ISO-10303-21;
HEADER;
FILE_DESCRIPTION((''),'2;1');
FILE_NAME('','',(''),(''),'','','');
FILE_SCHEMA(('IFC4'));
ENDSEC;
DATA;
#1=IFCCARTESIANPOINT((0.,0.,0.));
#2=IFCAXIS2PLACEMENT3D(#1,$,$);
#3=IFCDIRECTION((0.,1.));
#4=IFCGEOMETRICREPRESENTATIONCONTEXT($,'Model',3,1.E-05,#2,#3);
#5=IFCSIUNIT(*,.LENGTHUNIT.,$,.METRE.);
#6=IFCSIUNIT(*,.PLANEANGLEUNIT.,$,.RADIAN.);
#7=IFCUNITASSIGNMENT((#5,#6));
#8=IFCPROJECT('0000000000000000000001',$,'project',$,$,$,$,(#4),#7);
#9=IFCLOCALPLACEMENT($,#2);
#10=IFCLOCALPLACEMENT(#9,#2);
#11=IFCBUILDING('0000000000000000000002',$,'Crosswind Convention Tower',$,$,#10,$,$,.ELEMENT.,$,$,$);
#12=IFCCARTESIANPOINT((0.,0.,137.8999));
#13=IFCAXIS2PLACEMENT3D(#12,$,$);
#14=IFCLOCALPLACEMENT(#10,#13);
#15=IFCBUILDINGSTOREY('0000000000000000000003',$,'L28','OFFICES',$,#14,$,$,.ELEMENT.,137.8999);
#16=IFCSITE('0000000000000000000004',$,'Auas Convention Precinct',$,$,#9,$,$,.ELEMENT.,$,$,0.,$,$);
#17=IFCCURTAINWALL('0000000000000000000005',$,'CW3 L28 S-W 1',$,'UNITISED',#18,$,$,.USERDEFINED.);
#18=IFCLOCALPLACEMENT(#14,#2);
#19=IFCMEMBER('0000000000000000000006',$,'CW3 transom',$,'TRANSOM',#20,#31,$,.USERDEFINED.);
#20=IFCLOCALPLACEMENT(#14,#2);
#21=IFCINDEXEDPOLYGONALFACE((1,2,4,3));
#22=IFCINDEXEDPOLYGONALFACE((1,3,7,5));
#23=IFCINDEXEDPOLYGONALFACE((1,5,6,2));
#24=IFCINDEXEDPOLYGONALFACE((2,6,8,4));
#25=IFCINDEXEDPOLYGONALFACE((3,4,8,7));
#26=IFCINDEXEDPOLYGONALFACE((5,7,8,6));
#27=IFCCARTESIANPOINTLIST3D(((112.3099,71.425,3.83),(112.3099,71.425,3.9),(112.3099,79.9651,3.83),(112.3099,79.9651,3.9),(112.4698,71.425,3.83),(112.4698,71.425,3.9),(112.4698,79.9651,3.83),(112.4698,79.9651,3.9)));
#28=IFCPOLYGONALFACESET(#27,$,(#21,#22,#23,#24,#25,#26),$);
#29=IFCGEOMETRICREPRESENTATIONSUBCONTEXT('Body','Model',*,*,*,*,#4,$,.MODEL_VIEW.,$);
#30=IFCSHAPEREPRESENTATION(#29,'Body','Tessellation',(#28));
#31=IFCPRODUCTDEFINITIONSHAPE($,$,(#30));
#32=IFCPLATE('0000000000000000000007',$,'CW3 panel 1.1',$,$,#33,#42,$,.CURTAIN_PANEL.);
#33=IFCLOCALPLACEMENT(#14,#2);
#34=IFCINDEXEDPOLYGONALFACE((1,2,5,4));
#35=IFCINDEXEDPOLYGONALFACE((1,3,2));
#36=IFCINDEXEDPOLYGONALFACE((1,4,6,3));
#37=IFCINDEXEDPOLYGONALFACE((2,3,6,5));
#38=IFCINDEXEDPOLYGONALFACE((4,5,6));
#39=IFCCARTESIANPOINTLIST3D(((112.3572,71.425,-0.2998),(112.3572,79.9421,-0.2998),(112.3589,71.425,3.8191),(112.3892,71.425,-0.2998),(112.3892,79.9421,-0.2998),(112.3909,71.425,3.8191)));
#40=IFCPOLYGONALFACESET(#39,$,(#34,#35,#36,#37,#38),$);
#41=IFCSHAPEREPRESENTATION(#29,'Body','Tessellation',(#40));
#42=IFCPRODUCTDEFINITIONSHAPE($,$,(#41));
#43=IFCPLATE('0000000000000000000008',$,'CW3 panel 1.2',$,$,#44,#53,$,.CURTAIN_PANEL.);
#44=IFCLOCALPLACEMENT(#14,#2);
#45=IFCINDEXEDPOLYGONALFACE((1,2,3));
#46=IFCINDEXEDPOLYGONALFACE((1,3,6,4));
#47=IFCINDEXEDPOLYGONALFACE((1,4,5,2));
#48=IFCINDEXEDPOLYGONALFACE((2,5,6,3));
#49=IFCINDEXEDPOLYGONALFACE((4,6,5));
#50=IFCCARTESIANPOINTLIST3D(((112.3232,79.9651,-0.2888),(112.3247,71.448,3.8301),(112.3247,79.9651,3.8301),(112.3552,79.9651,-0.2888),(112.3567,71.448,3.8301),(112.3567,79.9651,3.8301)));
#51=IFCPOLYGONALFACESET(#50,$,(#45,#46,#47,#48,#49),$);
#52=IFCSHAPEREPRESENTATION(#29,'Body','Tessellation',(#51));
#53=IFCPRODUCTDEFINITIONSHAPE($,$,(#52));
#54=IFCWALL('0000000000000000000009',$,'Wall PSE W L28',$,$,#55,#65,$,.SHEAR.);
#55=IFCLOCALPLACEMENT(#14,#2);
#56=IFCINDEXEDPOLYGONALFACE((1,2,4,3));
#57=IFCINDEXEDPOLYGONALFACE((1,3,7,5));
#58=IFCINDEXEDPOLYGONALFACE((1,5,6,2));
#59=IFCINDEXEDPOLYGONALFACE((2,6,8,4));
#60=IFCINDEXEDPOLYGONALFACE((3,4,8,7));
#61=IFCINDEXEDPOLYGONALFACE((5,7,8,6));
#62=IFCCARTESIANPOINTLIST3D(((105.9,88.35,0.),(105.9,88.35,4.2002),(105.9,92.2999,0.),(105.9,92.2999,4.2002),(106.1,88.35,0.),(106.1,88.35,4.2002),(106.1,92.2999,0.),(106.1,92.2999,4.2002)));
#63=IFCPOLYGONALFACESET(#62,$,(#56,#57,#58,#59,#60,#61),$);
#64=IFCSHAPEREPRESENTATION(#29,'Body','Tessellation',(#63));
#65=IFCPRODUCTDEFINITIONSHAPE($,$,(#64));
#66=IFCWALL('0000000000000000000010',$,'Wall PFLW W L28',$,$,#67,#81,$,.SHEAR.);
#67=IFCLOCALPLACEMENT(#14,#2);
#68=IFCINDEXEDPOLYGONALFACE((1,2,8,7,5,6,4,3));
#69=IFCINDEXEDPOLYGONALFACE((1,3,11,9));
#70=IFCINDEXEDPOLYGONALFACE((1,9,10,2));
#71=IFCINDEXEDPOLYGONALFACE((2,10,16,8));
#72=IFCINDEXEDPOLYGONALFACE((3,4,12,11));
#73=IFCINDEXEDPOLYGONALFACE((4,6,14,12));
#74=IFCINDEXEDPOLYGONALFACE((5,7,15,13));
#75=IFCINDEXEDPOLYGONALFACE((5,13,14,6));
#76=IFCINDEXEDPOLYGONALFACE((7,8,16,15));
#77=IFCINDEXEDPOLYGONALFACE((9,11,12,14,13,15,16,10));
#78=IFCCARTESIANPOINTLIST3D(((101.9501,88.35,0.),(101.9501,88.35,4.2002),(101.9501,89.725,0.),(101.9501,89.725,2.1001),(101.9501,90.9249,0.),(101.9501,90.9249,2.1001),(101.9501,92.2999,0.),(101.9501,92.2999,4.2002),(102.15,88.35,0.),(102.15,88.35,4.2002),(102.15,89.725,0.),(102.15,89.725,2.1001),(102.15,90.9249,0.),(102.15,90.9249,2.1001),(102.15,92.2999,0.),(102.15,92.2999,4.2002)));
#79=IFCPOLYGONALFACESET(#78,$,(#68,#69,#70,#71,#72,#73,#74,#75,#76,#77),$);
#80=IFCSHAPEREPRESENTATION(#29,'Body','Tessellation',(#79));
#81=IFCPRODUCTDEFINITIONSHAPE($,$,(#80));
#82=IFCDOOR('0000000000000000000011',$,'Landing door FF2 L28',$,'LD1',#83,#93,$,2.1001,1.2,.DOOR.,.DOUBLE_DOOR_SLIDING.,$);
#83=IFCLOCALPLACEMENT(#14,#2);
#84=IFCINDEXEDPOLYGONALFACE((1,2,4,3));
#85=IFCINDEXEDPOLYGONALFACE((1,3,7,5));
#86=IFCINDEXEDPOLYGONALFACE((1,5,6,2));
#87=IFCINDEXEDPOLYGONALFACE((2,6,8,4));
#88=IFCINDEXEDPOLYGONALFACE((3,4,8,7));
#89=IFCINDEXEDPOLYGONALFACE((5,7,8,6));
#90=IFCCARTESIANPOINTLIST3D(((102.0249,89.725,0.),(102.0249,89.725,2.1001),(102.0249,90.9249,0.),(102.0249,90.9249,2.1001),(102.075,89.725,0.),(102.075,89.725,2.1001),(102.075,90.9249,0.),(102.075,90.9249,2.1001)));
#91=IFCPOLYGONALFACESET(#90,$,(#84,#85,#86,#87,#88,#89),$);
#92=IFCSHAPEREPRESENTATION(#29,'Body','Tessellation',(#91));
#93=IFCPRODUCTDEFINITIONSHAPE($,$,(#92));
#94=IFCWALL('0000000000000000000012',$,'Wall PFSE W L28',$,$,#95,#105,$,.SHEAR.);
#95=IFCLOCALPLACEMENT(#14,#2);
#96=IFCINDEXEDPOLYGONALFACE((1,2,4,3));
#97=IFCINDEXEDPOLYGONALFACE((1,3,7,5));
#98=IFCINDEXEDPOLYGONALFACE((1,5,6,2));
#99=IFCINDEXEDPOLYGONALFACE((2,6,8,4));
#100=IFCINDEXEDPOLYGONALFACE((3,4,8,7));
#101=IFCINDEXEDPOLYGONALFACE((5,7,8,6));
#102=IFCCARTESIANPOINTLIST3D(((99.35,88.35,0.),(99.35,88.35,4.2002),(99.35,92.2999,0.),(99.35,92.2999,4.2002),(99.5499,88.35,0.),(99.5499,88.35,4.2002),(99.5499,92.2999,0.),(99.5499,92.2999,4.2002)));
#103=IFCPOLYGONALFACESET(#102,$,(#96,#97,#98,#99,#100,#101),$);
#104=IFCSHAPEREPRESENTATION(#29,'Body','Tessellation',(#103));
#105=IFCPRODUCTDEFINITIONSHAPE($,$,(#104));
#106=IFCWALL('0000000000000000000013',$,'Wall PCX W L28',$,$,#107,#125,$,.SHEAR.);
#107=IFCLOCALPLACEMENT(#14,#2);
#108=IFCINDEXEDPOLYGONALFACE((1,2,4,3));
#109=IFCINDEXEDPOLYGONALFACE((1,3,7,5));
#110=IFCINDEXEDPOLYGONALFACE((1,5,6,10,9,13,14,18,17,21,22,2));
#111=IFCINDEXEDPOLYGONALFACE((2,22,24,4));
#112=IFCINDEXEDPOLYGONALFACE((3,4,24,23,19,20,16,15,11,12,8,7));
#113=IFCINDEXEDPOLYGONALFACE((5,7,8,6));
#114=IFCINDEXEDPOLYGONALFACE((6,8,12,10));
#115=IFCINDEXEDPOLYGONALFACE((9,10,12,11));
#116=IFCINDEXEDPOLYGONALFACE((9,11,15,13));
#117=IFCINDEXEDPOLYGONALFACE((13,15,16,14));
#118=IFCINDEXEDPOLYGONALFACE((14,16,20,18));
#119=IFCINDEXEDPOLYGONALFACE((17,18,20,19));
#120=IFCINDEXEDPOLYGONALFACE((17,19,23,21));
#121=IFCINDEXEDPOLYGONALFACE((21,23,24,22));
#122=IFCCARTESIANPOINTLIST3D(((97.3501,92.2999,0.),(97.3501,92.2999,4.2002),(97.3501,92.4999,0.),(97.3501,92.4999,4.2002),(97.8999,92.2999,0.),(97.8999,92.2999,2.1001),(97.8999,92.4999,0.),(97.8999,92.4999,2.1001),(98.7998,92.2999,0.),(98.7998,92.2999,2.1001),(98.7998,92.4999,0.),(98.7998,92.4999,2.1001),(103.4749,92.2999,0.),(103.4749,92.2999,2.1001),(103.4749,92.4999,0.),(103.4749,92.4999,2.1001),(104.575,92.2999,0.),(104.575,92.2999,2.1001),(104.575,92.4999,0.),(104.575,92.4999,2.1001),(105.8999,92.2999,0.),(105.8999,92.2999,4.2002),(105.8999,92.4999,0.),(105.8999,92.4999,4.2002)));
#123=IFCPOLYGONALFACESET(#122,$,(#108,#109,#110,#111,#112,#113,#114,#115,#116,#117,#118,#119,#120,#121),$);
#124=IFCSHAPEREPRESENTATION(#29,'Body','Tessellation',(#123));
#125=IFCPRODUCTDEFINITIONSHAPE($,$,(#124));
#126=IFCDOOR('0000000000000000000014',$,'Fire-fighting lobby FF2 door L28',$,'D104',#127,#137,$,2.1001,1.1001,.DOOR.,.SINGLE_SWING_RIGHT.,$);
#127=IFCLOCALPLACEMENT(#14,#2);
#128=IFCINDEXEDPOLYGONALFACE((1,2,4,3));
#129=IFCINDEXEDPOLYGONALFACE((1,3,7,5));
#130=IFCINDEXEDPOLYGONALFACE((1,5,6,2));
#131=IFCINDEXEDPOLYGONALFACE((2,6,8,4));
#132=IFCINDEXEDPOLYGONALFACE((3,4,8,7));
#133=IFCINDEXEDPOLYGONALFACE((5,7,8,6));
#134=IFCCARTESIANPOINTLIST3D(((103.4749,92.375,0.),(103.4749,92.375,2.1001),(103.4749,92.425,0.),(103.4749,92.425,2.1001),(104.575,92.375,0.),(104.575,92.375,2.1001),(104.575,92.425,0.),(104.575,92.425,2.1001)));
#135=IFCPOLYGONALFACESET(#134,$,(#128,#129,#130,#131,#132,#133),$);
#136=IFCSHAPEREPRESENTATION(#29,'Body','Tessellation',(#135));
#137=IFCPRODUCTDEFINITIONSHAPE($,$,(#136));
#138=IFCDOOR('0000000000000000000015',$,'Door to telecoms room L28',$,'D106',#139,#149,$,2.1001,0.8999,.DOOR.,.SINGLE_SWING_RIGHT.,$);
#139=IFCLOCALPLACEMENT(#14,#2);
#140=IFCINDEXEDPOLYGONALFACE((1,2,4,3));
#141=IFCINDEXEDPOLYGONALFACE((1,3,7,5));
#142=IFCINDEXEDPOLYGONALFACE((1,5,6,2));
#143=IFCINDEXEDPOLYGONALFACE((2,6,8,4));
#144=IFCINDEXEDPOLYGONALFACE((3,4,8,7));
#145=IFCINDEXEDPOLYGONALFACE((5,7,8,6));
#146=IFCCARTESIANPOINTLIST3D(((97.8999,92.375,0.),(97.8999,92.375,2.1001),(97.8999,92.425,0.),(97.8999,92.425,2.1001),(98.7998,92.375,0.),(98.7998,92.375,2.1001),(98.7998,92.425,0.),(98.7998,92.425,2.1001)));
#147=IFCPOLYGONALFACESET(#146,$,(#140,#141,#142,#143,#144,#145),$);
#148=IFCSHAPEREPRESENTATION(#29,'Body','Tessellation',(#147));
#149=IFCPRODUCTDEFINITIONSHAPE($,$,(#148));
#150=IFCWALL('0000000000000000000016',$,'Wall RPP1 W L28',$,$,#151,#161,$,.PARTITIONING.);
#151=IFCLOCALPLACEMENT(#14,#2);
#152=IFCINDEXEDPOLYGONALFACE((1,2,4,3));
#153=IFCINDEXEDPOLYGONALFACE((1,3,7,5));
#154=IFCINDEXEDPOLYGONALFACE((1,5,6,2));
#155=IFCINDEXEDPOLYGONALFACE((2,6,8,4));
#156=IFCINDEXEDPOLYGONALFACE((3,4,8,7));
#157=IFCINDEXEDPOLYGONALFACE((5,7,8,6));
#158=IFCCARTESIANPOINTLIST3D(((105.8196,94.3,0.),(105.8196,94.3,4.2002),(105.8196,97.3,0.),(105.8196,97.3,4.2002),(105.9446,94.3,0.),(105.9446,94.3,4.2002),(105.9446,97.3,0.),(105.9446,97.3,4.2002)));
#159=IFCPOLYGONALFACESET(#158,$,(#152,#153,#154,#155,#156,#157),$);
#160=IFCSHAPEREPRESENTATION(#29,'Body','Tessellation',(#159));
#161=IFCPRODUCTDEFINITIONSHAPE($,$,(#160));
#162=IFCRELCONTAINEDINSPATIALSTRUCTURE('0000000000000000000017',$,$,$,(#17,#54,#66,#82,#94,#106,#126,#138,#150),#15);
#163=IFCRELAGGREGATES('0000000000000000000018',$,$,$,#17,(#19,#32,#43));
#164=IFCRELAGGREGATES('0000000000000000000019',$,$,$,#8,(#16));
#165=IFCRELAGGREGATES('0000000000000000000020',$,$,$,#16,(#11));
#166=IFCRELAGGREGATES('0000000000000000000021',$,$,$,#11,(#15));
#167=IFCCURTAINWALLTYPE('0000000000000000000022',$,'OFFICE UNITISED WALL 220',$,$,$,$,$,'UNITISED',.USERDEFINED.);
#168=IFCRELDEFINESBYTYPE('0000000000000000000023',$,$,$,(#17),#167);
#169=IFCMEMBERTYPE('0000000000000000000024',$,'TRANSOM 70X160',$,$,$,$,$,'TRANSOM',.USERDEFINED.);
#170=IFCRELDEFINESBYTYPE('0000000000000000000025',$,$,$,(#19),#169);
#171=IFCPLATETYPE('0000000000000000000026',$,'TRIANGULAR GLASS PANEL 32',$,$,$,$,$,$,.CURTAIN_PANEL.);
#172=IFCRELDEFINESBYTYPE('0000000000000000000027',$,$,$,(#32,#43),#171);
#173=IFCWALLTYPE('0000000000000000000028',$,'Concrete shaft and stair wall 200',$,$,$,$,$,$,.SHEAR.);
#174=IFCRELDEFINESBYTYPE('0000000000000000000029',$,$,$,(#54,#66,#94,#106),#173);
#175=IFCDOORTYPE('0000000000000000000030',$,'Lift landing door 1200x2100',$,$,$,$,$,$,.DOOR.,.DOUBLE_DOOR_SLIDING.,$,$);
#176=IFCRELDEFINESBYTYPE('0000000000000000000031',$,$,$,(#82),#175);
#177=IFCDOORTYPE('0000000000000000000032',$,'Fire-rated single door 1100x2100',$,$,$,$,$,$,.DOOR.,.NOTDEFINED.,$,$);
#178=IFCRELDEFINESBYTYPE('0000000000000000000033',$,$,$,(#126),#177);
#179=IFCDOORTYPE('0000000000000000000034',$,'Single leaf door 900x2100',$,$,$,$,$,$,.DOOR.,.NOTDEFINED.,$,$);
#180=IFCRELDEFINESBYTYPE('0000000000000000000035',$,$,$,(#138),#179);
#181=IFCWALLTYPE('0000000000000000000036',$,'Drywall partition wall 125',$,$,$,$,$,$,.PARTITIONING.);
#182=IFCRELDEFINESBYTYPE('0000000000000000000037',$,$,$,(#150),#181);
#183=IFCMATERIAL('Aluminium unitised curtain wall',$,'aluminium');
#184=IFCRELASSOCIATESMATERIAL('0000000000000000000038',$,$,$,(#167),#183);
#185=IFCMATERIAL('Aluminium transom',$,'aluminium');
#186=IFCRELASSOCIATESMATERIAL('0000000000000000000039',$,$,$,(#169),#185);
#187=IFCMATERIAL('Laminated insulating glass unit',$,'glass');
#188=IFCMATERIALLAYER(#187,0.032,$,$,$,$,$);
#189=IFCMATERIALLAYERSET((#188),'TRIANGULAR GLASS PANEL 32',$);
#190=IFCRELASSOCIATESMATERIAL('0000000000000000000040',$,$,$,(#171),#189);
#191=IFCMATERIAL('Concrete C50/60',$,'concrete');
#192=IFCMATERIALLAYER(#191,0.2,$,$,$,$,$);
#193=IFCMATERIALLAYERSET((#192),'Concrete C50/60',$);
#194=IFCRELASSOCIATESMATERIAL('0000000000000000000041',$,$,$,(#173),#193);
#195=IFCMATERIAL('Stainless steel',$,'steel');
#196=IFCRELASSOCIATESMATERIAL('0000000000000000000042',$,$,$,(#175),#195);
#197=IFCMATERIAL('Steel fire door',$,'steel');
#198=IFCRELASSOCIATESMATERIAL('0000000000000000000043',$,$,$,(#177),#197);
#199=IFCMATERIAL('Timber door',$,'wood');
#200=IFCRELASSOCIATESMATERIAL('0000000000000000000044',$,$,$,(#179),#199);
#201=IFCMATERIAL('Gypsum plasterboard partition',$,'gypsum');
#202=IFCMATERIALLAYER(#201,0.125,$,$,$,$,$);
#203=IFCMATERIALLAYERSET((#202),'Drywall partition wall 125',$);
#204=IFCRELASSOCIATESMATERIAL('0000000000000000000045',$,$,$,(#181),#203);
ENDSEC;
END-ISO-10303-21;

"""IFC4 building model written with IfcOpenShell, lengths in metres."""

from ifc_helpers import new_model, si_unit, direction, frame, frame_2d, origin, origin_2d, place, context, subcontext, project, spatial, polyline, rectangle, outline, extrude, material, layer, layer_set, material_profile, profile_set, type_object, element, fill, aggregate, save


model = new_model("IFC4")

# Units and contexts
model_context = context("Model", 3, precision=1e-05, world=origin(), true_north=direction((0.0, 1.0)))
body_context = subcontext(model_context, "Body", "Model", "MODEL_VIEW")
ifc_project = project(units=[si_unit("LENGTHUNIT", "METRE"), si_unit("PLANEANGLEUNIT", "RADIAN")], contexts=[model_context])

# Site, building, storey
site_placement = place(None, origin())
site = spatial("IfcSite", under=ifc_project, at=site_placement, Name="Auas Convention Precinct", CompositionType="ELEMENT", RefElevation=0.0)
building_placement = place(site_placement, origin())
building = spatial("IfcBuilding", under=site, at=building_placement, Name="Crosswind Convention Tower", CompositionType="ELEMENT")
storey_placement = place(building_placement, frame((0.0, 0.0, 137.8999)))
storey = spatial("IfcBuildingStorey", under=building, at=storey_placement, Name="L28", Description="OFFICES", CompositionType="ELEMENT", Elevation=137.8999)

# Shared definitions
ifc_material_1 = material(Name="Aluminium unitised curtain wall", Category="aluminium")

# Curtain wall
curtain_wall_type_1 = type_object("IfcCurtainWallType", Name="OFFICE UNITISED WALL 220", ElementType="UNITISED", PredefinedType="USERDEFINED", material=ifc_material_1)
curtain_wall_1_placement = place(storey_placement, origin())
curtain_wall_1 = element("IfcCurtainWall", 1, at=curtain_wall_1_placement, inside=storey, type_object=curtain_wall_type_1, Name="CW3 L28 S-W 1", ObjectType="UNITISED", PredefinedType="USERDEFINED")

# Member
ifc_material_2 = material(Name="Aluminium transom", Category="aluminium")
ifc_material_profile_1 = material_profile(ifc_material_2, rectangle(XDim=0.1599, YDim=0.0701, at=origin_2d()), Name="AL 160X70")
ifc_profile_set_1 = profile_set([ifc_material_profile_1], Name="Aluminium transom")
member_type_1 = type_object("IfcMemberType", Name="TRANSOM 70X160", ElementType="TRANSOM", PredefinedType="USERDEFINED", material=ifc_profile_set_1)
member_1_placement = place(storey_placement, frame((112.3899, 79.9651, 3.865), z_axis=(0.0, -1.0, 0.0), x_axis=(1.0, 0.0, 0.0)))
member_1 = element("IfcMember", 2, at=member_1_placement, type_object=member_type_1, Name="CW3 transom", ObjectType="TRANSOM", PredefinedType="USERDEFINED", context=body_context, shape_type="SweptSolid", body=[
    extrude(rectangle(XDim=0.1599, YDim=0.0701, at=origin_2d()), origin(), (0.0, 0.0, 1.0), 8.54),
])

# Plates
ifc_material_3 = material(Name="Laminated insulating glass unit", Category="glass")
ifc_layer_1 = layer(ifc_material_3, 0.032)
ifc_layer_set_1 = layer_set([ifc_layer_1], Name="TRIANGULAR GLASS PANEL 32")
plate_type = type_object("IfcPlateType", Name="TRIANGULAR GLASS PANEL 32", PredefinedType="CURTAIN_PANEL", material=ifc_layer_set_1)
plate_1_placement = place(storey_placement, frame((112.3572, 71.425, -0.2998), z_axis=(-1.0, 0.0, 0.000415), x_axis=(0.000415, 0.0, 1.0)))
plate_1 = element("IfcPlate", 3, at=plate_1_placement, type_object=plate_type, Name="CW3 panel 1.1", PredefinedType="CURTAIN_PANEL", context=body_context, shape_type="SweptSolid", body=[
    extrude(outline(polyline([(0.0, 0.0), (4.1189, 0.0), (0.0, 8.5171), (0.0, 0.0)])), origin(), (0.0, 0.0, -1.0), 0.032),
])
plate_2_placement = place(storey_placement, frame((112.3247, 79.9651, 3.8301), z_axis=(-1.0, 0.0, 0.000356), x_axis=(-0.000356, 0.0, -1.0)))
plate_2 = element("IfcPlate", 4, at=plate_2_placement, type_object=plate_type, Name="CW3 panel 1.2", PredefinedType="CURTAIN_PANEL", context=body_context, shape_type="SweptSolid", body=[
    extrude(outline(polyline([(0.0, 0.0), (4.1189, 0.0), (0.0, 8.5171), (0.0, 0.0)])), origin(), (0.0, 0.0, -1.0), 0.032),
])

# Wall
ifc_material_4 = material(Name="Concrete C50/60", Category="concrete")
ifc_layer_2 = layer(ifc_material_4, 0.2)
ifc_layer_set_2 = layer_set([ifc_layer_2], Name="Concrete C50/60")
wall_type_1 = type_object("IfcWallType", Name="Concrete shaft and stair wall 200", PredefinedType="SHEAR", material=ifc_layer_set_2)
wall_1_placement = place(storey_placement, frame((106.0, 92.3, 0.0), z_axis=(0.0, 0.0, 1.0), x_axis=(0.0, -1.0, 0.0)))
element("IfcWall", 5, at=wall_1_placement, inside=storey, type_object=wall_type_1, Name="Wall PSE W L28", PredefinedType="SHEAR", context=body_context, shape_type="SweptSolid", body=[
    extrude(rectangle(XDim=3.95, YDim=0.2, at=frame_2d((1.9751, 0.0))), origin(), (0.0, 0.0, 1.0), 4.2002),
])

# Wall, opening, door
wall_2_placement = place(storey_placement, frame((102.05, 92.3, 0.0), z_axis=(0.0, 0.0, 1.0), x_axis=(0.0, -1.0, 0.0)))
wall_2 = element("IfcWall", 6, at=wall_2_placement, inside=storey, type_object=wall_type_1, Name="Wall PFLW W L28", PredefinedType="SHEAR", context=body_context, shape_type="SweptSolid", body=[
    extrude(rectangle(XDim=3.95, YDim=0.2, at=frame_2d((1.9751, 0.0))), origin(), (0.0, 0.0, 1.0), 4.2002),
])
opening_1_placement = place(wall_2_placement, frame((1.375, 0.0, 0.0)))
opening_1 = element("IfcOpeningElement", 7, at=opening_1_placement, cuts=wall_2, PredefinedType="OPENING", context=body_context, shape_type="SweptSolid", body=[
    extrude(rectangle(XDim=1.2, YDim=2.1001, at=frame_2d((0.6001, 1.05))), frame((0.0, 0.1099, 0.0), z_axis=(0.0, -1.0, 0.0), x_axis=(1.0, 0.0, 0.0)), (0.0, 0.0, 1.0), 0.22),
])
ifc_material_5 = material(Name="Stainless steel", Category="steel")
door_type_1 = type_object("IfcDoorType", Name="Lift landing door 1200x2100", OperationType="DOUBLE_DOOR_SLIDING", PredefinedType="DOOR", material=ifc_material_5)
door_1_placement = place(opening_1_placement, origin())
door_1 = element("IfcDoor", 8, at=door_1_placement, inside=storey, type_object=door_type_1, Name="Landing door FF2 L28", ObjectType="LD1", OperationType="DOUBLE_DOOR_SLIDING", OverallHeight=2.1001, OverallWidth=1.2, PredefinedType="DOOR", context=body_context, shape_type="SweptSolid", body=[
    extrude(rectangle(XDim=1.2, YDim=2.1001, at=frame_2d((0.6001, 1.05))), frame((0.0, 0.0249, 0.0), z_axis=(0.0, -1.0, 0.0), x_axis=(1.0, 0.0, 0.0)), (0.0, 0.0, 1.0), 0.05),
])
fill(opening_1, door_1)

# Wall
wall_3_placement = place(storey_placement, frame((99.45, 92.3, 0.0), z_axis=(0.0, 0.0, 1.0), x_axis=(0.0, -1.0, 0.0)))
element("IfcWall", 9, at=wall_3_placement, inside=storey, type_object=wall_type_1, Name="Wall PFSE W L28", PredefinedType="SHEAR", context=body_context, shape_type="SweptSolid", body=[
    extrude(rectangle(XDim=3.95, YDim=0.2, at=frame_2d((1.9751, 0.0))), origin(), (0.0, 0.0, 1.0), 4.2002),
])

# Wall, openings, doors
wall_4_placement = place(storey_placement, frame((105.8999, 92.3999, 0.0), z_axis=(0.0, 0.0, 1.0), x_axis=(-1.0, 0.0, 0.0)))
wall_4 = element("IfcWall", 10, at=wall_4_placement, inside=storey, type_object=wall_type_1, Name="Wall PCX W L28", PredefinedType="SHEAR", context=body_context, shape_type="SweptSolid", body=[
    extrude(rectangle(XDim=8.5498, YDim=0.2, at=frame_2d((4.2749, 0.0))), origin(), (0.0, 0.0, 1.0), 4.2002),
])
opening_2_placement = place(wall_4_placement, frame((1.325, 0.0, 0.0)))
opening_2 = element("IfcOpeningElement", 11, at=opening_2_placement, cuts=wall_4, PredefinedType="OPENING", context=body_context, shape_type="SweptSolid", body=[
    extrude(rectangle(XDim=1.1001, YDim=2.1001, at=frame_2d((0.55, 1.05))), frame((0.0, 0.1099, 0.0), z_axis=(0.0, -1.0, 0.0), x_axis=(1.0, 0.0, 0.0)), (0.0, 0.0, 1.0), 0.22),
])
opening_3_placement = place(wall_4_placement, frame((7.1001, 0.0, 0.0)))
opening_3 = element("IfcOpeningElement", 12, at=opening_3_placement, cuts=wall_4, PredefinedType="OPENING", context=body_context, shape_type="SweptSolid", body=[
    extrude(rectangle(XDim=0.8999, YDim=2.1001, at=frame_2d((0.45, 1.05))), frame((0.0, 0.1099, 0.0), z_axis=(0.0, -1.0, 0.0), x_axis=(1.0, 0.0, 0.0)), (0.0, 0.0, 1.0), 0.22),
])
ifc_material_6 = material(Name="Steel fire door", Category="steel")
door_type_2 = type_object("IfcDoorType", Name="Fire-rated single door 1100x2100", OperationType="NOTDEFINED", PredefinedType="DOOR", material=ifc_material_6)
door_2_placement = place(opening_2_placement, origin())
door_2 = element("IfcDoor", 13, at=door_2_placement, inside=storey, type_object=door_type_2, Name="Fire-fighting lobby FF2 door L28", ObjectType="D104", OperationType="SINGLE_SWING_RIGHT", OverallHeight=2.1001, OverallWidth=1.1001, PredefinedType="DOOR", context=body_context, shape_type="SweptSolid", body=[
    extrude(rectangle(XDim=1.1001, YDim=2.1001, at=frame_2d((0.55, 1.05))), frame((0.0, 0.0249, 0.0), z_axis=(0.0, -1.0, 0.0), x_axis=(1.0, 0.0, 0.0)), (0.0, 0.0, 1.0), 0.05),
])
fill(opening_2, door_2)
ifc_material_7 = material(Name="Timber door", Category="wood")
door_type_3 = type_object("IfcDoorType", Name="Single leaf door 900x2100", OperationType="NOTDEFINED", PredefinedType="DOOR", material=ifc_material_7)
door_3_placement = place(opening_3_placement, origin())
door_3 = element("IfcDoor", 14, at=door_3_placement, inside=storey, type_object=door_type_3, Name="Door to telecoms room L28", ObjectType="D106", OperationType="SINGLE_SWING_RIGHT", OverallHeight=2.1001, OverallWidth=0.8999, PredefinedType="DOOR", context=body_context, shape_type="SweptSolid", body=[
    extrude(rectangle(XDim=0.8999, YDim=2.1001, at=frame_2d((0.45, 1.05))), frame((0.0, 0.0249, 0.0), z_axis=(0.0, -1.0, 0.0), x_axis=(1.0, 0.0, 0.0)), (0.0, 0.0, 1.0), 0.05),
])
fill(opening_3, door_3)

# Wall
ifc_material_8 = material(Name="Gypsum plasterboard partition", Category="gypsum")
ifc_layer_3 = layer(ifc_material_8, 0.125)
ifc_layer_set_3 = layer_set([ifc_layer_3], Name="Drywall partition wall 125")
wall_type_2 = type_object("IfcWallType", Name="Drywall partition wall 125", PredefinedType="PARTITIONING", material=ifc_layer_set_3)
wall_5_placement = place(storey_placement, frame((105.8821, 97.3, 0.0), z_axis=(0.0, 0.0, 1.0), x_axis=(0.0, -1.0, 0.0)))
element("IfcWall", 15, at=wall_5_placement, inside=storey, type_object=wall_type_2, Name="Wall RPP1 W L28", PredefinedType="PARTITIONING", context=body_context, shape_type="SweptSolid", body=[
    extrude(rectangle(XDim=3.0, YDim=0.125, at=frame_2d((1.5, 0.0))), origin(), (0.0, 0.0, 1.0), 4.2002),
])

aggregate(curtain_wall_1, [member_1, plate_1, plate_2])

save(model, "model.ifc")
